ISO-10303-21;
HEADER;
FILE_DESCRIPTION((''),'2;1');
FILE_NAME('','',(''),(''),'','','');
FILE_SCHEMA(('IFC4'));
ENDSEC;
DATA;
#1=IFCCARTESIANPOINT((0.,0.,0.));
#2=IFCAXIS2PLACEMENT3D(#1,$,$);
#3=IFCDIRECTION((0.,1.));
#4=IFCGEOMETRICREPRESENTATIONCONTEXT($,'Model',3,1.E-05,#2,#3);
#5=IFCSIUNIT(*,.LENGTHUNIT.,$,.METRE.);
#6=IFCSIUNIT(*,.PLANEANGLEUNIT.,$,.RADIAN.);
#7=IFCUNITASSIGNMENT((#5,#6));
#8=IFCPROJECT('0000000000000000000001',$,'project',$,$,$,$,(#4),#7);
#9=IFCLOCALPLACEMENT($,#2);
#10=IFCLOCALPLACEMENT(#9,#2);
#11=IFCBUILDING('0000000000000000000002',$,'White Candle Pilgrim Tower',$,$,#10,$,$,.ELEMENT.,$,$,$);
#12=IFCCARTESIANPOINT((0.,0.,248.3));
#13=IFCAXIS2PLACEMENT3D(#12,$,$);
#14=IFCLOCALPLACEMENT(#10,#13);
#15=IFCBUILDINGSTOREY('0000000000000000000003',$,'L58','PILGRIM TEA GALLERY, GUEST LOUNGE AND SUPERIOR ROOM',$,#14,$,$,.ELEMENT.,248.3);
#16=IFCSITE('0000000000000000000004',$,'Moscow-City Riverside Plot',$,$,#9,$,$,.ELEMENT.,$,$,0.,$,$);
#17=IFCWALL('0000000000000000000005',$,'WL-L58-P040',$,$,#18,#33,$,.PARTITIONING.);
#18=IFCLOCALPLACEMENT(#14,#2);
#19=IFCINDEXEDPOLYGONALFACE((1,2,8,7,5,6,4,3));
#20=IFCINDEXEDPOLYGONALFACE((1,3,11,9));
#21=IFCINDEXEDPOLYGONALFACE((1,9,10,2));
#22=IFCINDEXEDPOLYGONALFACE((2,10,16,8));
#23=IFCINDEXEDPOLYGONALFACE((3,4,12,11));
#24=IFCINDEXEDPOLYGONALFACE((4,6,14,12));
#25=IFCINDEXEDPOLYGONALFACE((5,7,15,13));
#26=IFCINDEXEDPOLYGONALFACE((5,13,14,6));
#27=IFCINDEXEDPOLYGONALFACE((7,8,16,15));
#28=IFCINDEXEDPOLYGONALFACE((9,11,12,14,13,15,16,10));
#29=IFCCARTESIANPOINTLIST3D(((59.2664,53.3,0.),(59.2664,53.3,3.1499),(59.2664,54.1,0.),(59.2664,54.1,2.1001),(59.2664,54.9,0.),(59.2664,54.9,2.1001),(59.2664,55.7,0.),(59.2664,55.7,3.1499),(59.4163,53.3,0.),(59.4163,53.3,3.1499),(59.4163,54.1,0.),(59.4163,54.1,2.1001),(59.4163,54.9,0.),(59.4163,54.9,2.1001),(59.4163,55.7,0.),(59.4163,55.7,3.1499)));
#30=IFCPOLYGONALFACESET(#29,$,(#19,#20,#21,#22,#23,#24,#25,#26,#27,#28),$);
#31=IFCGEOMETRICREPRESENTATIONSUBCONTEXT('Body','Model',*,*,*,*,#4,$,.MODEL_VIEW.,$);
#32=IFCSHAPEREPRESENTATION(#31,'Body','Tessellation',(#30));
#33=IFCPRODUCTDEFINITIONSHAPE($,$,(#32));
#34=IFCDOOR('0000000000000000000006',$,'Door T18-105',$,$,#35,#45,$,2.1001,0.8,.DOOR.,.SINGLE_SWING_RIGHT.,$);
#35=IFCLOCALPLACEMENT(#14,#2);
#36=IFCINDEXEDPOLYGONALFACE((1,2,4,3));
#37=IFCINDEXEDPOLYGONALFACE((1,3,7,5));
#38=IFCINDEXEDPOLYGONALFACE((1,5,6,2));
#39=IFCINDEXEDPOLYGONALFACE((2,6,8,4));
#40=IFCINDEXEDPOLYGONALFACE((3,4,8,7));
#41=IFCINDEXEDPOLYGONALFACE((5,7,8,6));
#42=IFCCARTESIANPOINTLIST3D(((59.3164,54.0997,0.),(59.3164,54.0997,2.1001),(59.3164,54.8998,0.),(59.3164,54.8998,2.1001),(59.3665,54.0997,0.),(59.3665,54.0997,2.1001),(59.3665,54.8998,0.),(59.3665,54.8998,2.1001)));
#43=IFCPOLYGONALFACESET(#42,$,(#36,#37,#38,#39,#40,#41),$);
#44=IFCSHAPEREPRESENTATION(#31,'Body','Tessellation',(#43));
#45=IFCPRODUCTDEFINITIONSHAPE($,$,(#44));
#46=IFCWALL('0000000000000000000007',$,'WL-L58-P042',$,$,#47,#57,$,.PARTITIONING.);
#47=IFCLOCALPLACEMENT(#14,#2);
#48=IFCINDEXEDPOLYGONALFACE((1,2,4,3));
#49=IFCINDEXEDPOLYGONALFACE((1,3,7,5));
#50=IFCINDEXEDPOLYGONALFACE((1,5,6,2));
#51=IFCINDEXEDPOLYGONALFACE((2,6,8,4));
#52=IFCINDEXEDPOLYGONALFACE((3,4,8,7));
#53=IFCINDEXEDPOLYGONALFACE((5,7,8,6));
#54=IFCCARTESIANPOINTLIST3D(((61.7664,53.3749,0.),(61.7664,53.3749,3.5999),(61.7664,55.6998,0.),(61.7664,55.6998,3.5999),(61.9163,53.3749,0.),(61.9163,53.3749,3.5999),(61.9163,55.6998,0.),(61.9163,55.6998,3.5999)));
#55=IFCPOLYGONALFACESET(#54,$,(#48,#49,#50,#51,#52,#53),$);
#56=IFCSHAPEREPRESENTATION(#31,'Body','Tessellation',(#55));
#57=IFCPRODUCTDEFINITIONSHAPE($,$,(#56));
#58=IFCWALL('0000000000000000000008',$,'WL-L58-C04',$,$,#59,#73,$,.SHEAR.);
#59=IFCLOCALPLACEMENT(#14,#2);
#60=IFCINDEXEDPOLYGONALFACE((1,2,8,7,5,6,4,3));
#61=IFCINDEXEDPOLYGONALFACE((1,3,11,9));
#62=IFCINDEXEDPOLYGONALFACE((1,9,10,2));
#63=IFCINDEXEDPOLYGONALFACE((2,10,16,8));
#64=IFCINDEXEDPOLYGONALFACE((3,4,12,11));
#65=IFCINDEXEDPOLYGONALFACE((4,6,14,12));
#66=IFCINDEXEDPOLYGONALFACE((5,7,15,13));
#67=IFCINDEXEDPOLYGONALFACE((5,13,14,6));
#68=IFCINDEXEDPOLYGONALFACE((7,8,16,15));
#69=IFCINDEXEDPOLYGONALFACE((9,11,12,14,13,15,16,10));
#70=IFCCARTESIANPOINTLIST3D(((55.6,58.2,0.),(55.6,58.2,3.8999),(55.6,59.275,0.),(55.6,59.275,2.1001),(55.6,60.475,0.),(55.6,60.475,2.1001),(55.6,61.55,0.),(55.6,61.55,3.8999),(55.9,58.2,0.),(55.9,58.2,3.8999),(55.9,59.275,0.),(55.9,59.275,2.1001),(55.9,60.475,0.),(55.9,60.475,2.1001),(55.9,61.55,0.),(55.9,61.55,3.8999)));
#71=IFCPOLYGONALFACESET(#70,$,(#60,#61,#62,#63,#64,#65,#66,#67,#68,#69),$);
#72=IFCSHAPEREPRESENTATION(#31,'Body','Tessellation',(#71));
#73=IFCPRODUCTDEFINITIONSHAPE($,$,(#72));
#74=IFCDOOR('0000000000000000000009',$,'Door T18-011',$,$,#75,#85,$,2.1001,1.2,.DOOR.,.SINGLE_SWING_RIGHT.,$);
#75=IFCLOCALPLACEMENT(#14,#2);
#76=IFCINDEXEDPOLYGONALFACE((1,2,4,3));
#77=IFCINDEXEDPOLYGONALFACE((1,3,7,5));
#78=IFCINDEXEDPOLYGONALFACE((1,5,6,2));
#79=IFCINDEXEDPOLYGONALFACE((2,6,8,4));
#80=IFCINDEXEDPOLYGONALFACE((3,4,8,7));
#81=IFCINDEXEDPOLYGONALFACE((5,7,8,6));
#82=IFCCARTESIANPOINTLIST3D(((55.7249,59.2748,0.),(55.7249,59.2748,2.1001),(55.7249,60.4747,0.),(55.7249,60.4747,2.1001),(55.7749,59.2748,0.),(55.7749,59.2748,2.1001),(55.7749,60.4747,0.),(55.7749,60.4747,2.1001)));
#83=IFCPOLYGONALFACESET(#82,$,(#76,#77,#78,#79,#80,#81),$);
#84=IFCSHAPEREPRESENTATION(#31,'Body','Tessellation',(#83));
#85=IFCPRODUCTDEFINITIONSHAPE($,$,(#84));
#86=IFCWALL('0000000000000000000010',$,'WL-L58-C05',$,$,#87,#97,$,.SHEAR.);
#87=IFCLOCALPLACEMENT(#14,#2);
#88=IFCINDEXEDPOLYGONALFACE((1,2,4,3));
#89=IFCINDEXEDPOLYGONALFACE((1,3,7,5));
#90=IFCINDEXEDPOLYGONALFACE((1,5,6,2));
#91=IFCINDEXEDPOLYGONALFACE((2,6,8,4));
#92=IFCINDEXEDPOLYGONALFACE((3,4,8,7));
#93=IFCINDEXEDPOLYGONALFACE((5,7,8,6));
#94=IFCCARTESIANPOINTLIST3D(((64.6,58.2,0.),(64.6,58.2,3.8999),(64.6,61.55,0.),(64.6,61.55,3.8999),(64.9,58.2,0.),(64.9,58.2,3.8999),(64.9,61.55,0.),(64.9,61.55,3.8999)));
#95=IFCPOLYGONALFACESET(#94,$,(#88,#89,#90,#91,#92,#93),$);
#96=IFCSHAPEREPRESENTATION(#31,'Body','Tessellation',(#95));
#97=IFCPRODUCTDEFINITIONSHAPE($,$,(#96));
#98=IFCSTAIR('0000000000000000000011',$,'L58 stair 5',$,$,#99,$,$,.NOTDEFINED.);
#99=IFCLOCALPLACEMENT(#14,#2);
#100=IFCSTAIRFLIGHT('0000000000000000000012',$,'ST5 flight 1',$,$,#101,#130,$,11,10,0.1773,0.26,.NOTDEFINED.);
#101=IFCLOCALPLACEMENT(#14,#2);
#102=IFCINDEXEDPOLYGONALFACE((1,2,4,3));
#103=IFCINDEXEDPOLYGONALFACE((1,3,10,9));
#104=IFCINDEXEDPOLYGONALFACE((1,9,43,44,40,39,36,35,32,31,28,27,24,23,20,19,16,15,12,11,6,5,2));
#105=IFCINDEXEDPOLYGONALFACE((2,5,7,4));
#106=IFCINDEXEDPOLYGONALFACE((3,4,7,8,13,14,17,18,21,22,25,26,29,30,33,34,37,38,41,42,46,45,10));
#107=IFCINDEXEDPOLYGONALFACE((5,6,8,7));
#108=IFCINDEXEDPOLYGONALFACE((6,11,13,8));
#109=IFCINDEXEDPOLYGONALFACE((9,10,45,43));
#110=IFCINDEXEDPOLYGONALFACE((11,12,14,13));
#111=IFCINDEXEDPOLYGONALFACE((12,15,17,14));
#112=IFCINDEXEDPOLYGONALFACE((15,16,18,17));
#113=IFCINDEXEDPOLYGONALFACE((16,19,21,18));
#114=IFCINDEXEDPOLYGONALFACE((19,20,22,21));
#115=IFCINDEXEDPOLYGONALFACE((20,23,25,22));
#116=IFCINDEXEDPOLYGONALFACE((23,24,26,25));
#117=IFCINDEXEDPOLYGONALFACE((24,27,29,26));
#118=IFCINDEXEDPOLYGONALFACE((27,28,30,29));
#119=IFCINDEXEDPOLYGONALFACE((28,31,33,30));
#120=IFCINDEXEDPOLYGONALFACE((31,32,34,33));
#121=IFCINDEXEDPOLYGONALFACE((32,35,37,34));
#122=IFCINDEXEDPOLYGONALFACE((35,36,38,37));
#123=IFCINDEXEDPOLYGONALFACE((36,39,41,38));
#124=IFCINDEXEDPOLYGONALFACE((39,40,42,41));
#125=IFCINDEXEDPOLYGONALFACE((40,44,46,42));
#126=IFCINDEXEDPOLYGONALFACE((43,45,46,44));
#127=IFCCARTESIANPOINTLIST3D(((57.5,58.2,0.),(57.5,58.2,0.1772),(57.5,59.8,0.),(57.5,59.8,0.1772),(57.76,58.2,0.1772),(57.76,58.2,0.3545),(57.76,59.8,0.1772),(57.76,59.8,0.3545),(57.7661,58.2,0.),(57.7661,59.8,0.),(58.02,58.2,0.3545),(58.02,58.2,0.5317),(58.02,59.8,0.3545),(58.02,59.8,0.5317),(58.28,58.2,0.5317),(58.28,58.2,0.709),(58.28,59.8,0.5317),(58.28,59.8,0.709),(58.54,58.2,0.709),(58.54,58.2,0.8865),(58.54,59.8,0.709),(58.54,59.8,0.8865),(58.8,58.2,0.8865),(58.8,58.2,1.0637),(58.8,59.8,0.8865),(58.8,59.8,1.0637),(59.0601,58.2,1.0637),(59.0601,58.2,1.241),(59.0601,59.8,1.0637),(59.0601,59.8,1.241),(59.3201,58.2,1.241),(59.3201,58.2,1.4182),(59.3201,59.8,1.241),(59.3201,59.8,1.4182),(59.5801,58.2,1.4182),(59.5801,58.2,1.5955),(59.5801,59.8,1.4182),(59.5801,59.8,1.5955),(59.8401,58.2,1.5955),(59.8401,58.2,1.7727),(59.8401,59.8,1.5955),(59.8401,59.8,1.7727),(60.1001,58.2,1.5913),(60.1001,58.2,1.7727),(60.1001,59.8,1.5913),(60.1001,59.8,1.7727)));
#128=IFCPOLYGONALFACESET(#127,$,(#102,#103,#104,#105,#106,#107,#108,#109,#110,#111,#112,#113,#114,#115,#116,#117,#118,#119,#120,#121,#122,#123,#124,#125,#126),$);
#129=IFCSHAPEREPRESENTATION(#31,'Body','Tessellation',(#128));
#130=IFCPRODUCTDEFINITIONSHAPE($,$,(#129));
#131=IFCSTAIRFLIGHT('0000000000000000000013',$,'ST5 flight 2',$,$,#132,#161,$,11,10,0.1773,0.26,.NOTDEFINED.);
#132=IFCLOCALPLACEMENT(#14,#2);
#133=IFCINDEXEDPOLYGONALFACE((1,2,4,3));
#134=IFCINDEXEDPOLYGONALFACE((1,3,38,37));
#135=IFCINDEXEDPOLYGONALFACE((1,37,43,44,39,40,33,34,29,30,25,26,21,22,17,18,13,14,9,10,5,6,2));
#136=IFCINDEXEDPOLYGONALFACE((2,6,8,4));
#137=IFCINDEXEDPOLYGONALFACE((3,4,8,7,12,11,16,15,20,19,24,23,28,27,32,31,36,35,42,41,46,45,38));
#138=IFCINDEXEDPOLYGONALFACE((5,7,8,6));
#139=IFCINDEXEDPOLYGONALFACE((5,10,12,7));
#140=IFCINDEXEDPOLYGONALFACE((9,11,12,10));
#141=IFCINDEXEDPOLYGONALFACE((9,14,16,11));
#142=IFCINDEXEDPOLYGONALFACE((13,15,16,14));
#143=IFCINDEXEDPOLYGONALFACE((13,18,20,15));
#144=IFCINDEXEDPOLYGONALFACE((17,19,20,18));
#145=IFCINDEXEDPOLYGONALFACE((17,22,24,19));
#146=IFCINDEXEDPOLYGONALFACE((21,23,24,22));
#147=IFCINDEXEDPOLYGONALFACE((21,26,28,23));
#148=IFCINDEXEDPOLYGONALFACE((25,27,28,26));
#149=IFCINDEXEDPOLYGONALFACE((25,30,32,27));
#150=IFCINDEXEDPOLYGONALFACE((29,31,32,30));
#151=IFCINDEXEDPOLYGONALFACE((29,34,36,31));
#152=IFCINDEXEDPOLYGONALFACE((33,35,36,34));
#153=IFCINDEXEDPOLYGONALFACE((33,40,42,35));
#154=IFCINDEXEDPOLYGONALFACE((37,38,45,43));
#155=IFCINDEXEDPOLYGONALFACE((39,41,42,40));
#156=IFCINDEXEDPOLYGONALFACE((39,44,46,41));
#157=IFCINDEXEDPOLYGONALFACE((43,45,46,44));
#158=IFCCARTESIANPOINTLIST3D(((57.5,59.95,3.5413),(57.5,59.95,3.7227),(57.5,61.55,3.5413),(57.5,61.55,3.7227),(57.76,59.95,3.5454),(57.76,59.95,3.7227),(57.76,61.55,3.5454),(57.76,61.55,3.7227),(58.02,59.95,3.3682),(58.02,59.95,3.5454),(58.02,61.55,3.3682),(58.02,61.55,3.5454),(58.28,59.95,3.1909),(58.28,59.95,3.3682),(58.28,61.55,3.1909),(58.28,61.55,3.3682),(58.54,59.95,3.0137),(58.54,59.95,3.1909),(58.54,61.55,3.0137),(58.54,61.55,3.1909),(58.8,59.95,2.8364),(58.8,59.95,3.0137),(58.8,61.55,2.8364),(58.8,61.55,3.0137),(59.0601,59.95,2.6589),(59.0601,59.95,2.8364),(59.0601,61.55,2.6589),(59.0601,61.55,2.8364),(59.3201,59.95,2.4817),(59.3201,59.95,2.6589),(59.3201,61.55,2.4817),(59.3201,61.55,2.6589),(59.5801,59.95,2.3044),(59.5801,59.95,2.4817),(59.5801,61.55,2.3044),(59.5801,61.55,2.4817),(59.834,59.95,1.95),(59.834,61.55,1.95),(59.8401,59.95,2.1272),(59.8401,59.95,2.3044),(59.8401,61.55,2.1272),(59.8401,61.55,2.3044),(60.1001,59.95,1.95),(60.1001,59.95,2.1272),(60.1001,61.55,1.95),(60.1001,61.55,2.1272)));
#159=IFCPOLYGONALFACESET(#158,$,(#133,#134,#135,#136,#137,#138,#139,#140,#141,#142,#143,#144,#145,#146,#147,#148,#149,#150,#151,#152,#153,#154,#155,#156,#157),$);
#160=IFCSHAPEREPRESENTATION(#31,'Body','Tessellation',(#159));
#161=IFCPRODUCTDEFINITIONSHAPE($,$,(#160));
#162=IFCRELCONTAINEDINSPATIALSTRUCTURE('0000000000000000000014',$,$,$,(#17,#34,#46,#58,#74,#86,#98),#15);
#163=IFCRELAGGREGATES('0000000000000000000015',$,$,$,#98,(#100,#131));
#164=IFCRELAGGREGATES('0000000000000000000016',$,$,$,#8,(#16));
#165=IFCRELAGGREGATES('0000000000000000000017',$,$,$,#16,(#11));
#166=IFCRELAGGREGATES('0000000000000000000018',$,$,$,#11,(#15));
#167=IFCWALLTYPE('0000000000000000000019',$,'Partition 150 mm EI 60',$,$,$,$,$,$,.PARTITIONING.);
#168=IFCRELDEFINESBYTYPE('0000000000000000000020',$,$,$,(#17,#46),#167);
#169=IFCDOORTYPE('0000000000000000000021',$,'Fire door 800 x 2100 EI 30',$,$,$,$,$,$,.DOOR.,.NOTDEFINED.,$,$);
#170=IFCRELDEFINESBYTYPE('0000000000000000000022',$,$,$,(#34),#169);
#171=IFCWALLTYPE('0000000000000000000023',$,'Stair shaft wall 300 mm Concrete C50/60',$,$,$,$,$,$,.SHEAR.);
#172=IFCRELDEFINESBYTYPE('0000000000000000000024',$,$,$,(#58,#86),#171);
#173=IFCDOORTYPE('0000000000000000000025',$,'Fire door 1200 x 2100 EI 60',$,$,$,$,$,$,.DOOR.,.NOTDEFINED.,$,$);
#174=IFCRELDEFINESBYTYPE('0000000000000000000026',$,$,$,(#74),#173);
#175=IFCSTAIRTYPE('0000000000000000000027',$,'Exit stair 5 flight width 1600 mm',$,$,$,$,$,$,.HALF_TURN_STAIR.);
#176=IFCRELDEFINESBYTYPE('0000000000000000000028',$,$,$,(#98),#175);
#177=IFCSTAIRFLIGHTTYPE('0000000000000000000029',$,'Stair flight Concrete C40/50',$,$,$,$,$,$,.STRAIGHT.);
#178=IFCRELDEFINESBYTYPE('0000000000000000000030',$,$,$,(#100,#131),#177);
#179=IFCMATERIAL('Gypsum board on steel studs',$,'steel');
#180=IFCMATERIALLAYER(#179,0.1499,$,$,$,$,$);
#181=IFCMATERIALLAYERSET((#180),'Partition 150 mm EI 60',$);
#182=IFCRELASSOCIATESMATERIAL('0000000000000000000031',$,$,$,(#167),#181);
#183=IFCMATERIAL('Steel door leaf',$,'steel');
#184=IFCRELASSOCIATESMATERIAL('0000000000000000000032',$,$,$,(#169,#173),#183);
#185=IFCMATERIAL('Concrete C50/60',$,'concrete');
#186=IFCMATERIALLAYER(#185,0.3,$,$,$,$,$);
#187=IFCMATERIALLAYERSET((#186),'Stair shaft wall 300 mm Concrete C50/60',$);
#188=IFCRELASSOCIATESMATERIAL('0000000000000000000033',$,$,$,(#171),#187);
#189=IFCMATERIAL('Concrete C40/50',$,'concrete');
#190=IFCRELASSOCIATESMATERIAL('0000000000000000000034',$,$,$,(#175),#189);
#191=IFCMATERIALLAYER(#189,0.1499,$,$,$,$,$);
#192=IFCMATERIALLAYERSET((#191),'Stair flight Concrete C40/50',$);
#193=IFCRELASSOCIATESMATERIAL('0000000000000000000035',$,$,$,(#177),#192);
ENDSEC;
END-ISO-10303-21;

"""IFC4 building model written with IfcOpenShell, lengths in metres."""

from ifc_helpers import new_model, si_unit, direction, frame, frame_2d, origin, place, context, subcontext, project, spatial, polyline, rectangle, outline, extrude, material, layer, layer_set, type_object, element, fill, aggregate, save


model = new_model("IFC4")

# Units and contexts
model_context = context("Model", 3, precision=1e-05, world=origin(), true_north=direction((0.0, 1.0)))
body_context = subcontext(model_context, "Body", "Model", "MODEL_VIEW")
ifc_project = project(units=[si_unit("LENGTHUNIT", "METRE"), si_unit("PLANEANGLEUNIT", "RADIAN")], contexts=[model_context])

# Site, building, storey
site_placement = place(None, origin())
site = spatial("IfcSite", under=ifc_project, at=site_placement, Name="Moscow-City Riverside Plot", CompositionType="ELEMENT", RefElevation=0.0)
building_placement = place(site_placement, origin())
building = spatial("IfcBuilding", under=site, at=building_placement, Name="White Candle Pilgrim Tower", CompositionType="ELEMENT")
storey_placement = place(building_placement, frame((0.0, 0.0, 248.3)))
storey = spatial("IfcBuildingStorey", under=building, at=storey_placement, Name="L58", Description="PILGRIM TEA GALLERY, GUEST LOUNGE AND SUPERIOR ROOM", CompositionType="ELEMENT", Elevation=248.3)

# Shared definitions
ifc_material_1 = material(Name="Concrete C50/60", Category="concrete")

# Shared definitions
ifc_material_2 = material(Name="Gypsum board on steel studs", Category="steel")
ifc_material_3 = material(Name="Steel door leaf", Category="steel")

# Wall, opening, door
ifc_layer_1 = layer(ifc_material_2, 0.1499)
ifc_layer_set_1 = layer_set([ifc_layer_1], Name="Partition 150 mm EI 60")
wall_type_1 = type_object("IfcWallType", Name="Partition 150 mm EI 60", PredefinedType="PARTITIONING", material=ifc_layer_set_1)
wall_1_placement = place(storey_placement, frame((59.3413, 55.7, 0.0), z_axis=(0.0, 0.0, 1.0), x_axis=(0.0, -1.0, 0.0)))
wall_1 = element("IfcWall", 1, at=wall_1_placement, inside=storey, type_object=wall_type_1, Name="WL-L58-P040", PredefinedType="PARTITIONING", context=body_context, shape_type="SweptSolid", body=[
    extrude(rectangle(XDim=2.3999, YDim=0.1499, at=frame_2d((1.2, 0.0))), origin(), (0.0, 0.0, 1.0), 3.1499),
])
opening_1_placement = place(wall_1_placement, frame((0.8, 0.0, 0.0)))
opening_1 = element("IfcOpeningElement", 2, at=opening_1_placement, cuts=wall_1, PredefinedType="OPENING", context=body_context, shape_type="SweptSolid", body=[
    extrude(rectangle(XDim=0.8, YDim=2.1001, at=frame_2d((0.3999, 1.05))), frame((0.0, 0.085, 0.0), z_axis=(0.0, -1.0, 0.0), x_axis=(1.0, 0.0, 0.0)), (0.0, 0.0, 1.0), 0.1699),
])
door_type_1 = type_object("IfcDoorType", Name="Fire door 800 x 2100 EI 30", OperationType="NOTDEFINED", PredefinedType="DOOR", material=ifc_material_3)
door_1_placement = place(opening_1_placement, frame((0.8, 0.0, 0.0), z_axis=(0.0, 0.0, 1.0), x_axis=(-1.0, 0.0, 0.0)))
door_1 = element("IfcDoor", 3, at=door_1_placement, inside=storey, type_object=door_type_1, Name="Door T18-105", OperationType="SINGLE_SWING_RIGHT", OverallHeight=2.1001, OverallWidth=0.8, PredefinedType="DOOR", context=body_context, shape_type="SweptSolid", body=[
    extrude(rectangle(XDim=0.8, YDim=2.1001, at=frame_2d((0.3999, 1.05))), frame((0.0, 0.0249, 0.0), z_axis=(0.0, -1.0, 0.0), x_axis=(1.0, 0.0, 0.0)), (0.0, 0.0, 1.0), 0.05),
])
fill(opening_1, door_1)

# Wall
wall_2_placement = place(storey_placement, frame((61.8413, 55.7, 0.0), z_axis=(0.0, 0.0, 1.0), x_axis=(0.0, -1.0, 0.0)))
element("IfcWall", 4, at=wall_2_placement, inside=storey, type_object=wall_type_1, Name="WL-L58-P042", PredefinedType="PARTITIONING", context=body_context, shape_type="SweptSolid", body=[
    extrude(rectangle(XDim=2.325, YDim=0.1499, at=frame_2d((1.1626, 0.0))), origin(), (0.0, 0.0, 1.0), 3.5999),
])

# Wall, opening, door
ifc_layer_2 = layer(ifc_material_1, 0.3)
ifc_layer_set_2 = layer_set([ifc_layer_2], Name="Stair shaft wall 300 mm Concrete C50/60")
wall_type_2 = type_object("IfcWallType", Name="Stair shaft wall 300 mm Concrete C50/60", PredefinedType="SHEAR", material=ifc_layer_set_2)
wall_3_placement = place(storey_placement, frame((55.75, 58.2, 0.0), z_axis=(0.0, 0.0, 1.0), x_axis=(0.0, 1.0, 0.0)))
wall_3 = element("IfcWall", 5, at=wall_3_placement, inside=storey, type_object=wall_type_2, Name="WL-L58-C04", PredefinedType="SHEAR", context=body_context, shape_type="SweptSolid", body=[
    extrude(rectangle(XDim=3.3501, YDim=0.3, at=frame_2d((1.675, 0.0))), origin(), (0.0, 0.0, 1.0), 3.8999),
])
opening_2_placement = place(wall_3_placement, frame((1.075, 0.0, 0.0)))
opening_2 = element("IfcOpeningElement", 6, at=opening_2_placement, cuts=wall_3, PredefinedType="OPENING", context=body_context, shape_type="SweptSolid", body=[
    extrude(rectangle(XDim=1.2, YDim=2.1001, at=frame_2d((0.6001, 1.05))), frame((0.0, 0.1599, 0.0), z_axis=(0.0, -1.0, 0.0), x_axis=(1.0, 0.0, 0.0)), (0.0, 0.0, 1.0), 0.3201),
])
door_type_2 = type_object("IfcDoorType", Name="Fire door 1200 x 2100 EI 60", OperationType="NOTDEFINED", PredefinedType="DOOR", material=ifc_material_3)
door_2_placement = place(opening_2_placement, frame((1.2, 0.0, 0.0), z_axis=(0.0, 0.0, 1.0), x_axis=(-1.0, 0.0, 0.0)))
door_2 = element("IfcDoor", 7, at=door_2_placement, inside=storey, type_object=door_type_2, Name="Door T18-011", OperationType="SINGLE_SWING_RIGHT", OverallHeight=2.1001, OverallWidth=1.2, PredefinedType="DOOR", context=body_context, shape_type="SweptSolid", body=[
    extrude(rectangle(XDim=1.2, YDim=2.1001, at=frame_2d((0.6001, 1.05))), frame((0.0, 0.0249, 0.0), z_axis=(0.0, -1.0, 0.0), x_axis=(1.0, 0.0, 0.0)), (0.0, 0.0, 1.0), 0.05),
])
fill(opening_2, door_2)

# Wall
wall_4_placement = place(storey_placement, frame((64.75, 58.2, 0.0), z_axis=(0.0, 0.0, 1.0), x_axis=(0.0, 1.0, 0.0)))
element("IfcWall", 8, at=wall_4_placement, inside=storey, type_object=wall_type_2, Name="WL-L58-C05", PredefinedType="SHEAR", context=body_context, shape_type="SweptSolid", body=[
    extrude(rectangle(XDim=3.3501, YDim=0.3, at=frame_2d((1.675, 0.0))), origin(), (0.0, 0.0, 1.0), 3.8999),
])

# Stair, stair flights
ifc_material_4 = material(Name="Concrete C40/50", Category="concrete")
stair_type = type_object("IfcStairType", Name="Exit stair 5 flight width 1600 mm", PredefinedType="HALF_TURN_STAIR", material=ifc_material_4)
stair_placement = place(storey_placement, origin())
stair = element("IfcStair", 9, at=stair_placement, inside=storey, type_object=stair_type, Name="L58 stair 5", PredefinedType="NOTDEFINED")
ifc_layer_3 = layer(ifc_material_4, 0.1499)
ifc_layer_set_3 = layer_set([ifc_layer_3], Name="Stair flight Concrete C40/50")
stair_flight_type = type_object("IfcStairFlightType", Name="Stair flight Concrete C40/50", PredefinedType="STRAIGHT", material=ifc_layer_set_3)
stair_flight_1_placement = place(storey_placement, frame((57.5, 59.0, 0.0), z_axis=(0.0, 0.0, 1.0), x_axis=(1.0, 0.0, 0.0)))
stair_flight_1 = element("IfcStairFlight", 10, at=stair_flight_1_placement, type_object=stair_flight_type, Name="ST5 flight 1", NumberOfRisers=11, NumberOfTreads=10, PredefinedType="NOTDEFINED", RiserHeight=0.1773, TreadLength=0.26, context=body_context, shape_type="SweptSolid", body=[
    extrude(outline(polyline([(0.0, 0.0), (0.0, 0.1772), (0.26, 0.1772), (0.26, 0.3545), (0.52, 0.3545), (0.52, 0.5317), (0.78, 0.5317), (0.78, 0.709), (1.04, 0.709), (1.04, 0.8865), (1.3, 0.8865), (1.3, 1.0637), (1.5601, 1.0637), (1.5601, 1.241), (1.8201, 1.241), (1.8201, 1.4182), (2.0801, 1.4182), (2.0801, 1.5955), (2.3401, 1.5955), (2.3401, 1.7727), (2.6001, 1.7727), (2.6001, 1.95), (2.6001, 1.5913), (0.2661, 0.0), (0.0, 0.0)])), frame((0.0, 0.8, 0.0), z_axis=(0.0, -1.0, 0.0), x_axis=(1.0, 0.0, 0.0)), (0.0, 0.0, 1.0), 1.6001),
])
stair_flight_2_placement = place(storey_placement, frame((60.1001, 60.75, 1.95), z_axis=(0.0, 0.0, 1.0), x_axis=(-1.0, 0.0, 0.0)))
stair_flight_2 = element("IfcStairFlight", 11, at=stair_flight_2_placement, type_object=stair_flight_type, Name="ST5 flight 2", NumberOfRisers=11, NumberOfTreads=10, PredefinedType="NOTDEFINED", RiserHeight=0.1773, TreadLength=0.26, context=body_context, shape_type="SweptSolid", body=[
    extrude(outline(polyline([(0.0, 0.0), (0.0, 0.1772), (0.26, 0.1772), (0.26, 0.3545), (0.52, 0.3545), (0.52, 0.5317), (0.78, 0.5317), (0.78, 0.709), (1.04, 0.709), (1.04, 0.8865), (1.3, 0.8865), (1.3, 1.0637), (1.5601, 1.0637), (1.5601, 1.241), (1.8201, 1.241), (1.8201, 1.4182), (2.0801, 1.4182), (2.0801, 1.5955), (2.3401, 1.5955), (2.3401, 1.7727), (2.6001, 1.7727), (2.6001, 1.95), (2.6001, 1.5913), (0.2661, 0.0), (0.0, 0.0)])), frame((0.0, 0.8, 0.0), z_axis=(0.0, -1.0, 0.0), x_axis=(1.0, 0.0, 0.0)), (0.0, 0.0, 1.0), 1.6001),
])
aggregate(stair, [stair_flight_1, stair_flight_2])

save(model, "model.ifc")
